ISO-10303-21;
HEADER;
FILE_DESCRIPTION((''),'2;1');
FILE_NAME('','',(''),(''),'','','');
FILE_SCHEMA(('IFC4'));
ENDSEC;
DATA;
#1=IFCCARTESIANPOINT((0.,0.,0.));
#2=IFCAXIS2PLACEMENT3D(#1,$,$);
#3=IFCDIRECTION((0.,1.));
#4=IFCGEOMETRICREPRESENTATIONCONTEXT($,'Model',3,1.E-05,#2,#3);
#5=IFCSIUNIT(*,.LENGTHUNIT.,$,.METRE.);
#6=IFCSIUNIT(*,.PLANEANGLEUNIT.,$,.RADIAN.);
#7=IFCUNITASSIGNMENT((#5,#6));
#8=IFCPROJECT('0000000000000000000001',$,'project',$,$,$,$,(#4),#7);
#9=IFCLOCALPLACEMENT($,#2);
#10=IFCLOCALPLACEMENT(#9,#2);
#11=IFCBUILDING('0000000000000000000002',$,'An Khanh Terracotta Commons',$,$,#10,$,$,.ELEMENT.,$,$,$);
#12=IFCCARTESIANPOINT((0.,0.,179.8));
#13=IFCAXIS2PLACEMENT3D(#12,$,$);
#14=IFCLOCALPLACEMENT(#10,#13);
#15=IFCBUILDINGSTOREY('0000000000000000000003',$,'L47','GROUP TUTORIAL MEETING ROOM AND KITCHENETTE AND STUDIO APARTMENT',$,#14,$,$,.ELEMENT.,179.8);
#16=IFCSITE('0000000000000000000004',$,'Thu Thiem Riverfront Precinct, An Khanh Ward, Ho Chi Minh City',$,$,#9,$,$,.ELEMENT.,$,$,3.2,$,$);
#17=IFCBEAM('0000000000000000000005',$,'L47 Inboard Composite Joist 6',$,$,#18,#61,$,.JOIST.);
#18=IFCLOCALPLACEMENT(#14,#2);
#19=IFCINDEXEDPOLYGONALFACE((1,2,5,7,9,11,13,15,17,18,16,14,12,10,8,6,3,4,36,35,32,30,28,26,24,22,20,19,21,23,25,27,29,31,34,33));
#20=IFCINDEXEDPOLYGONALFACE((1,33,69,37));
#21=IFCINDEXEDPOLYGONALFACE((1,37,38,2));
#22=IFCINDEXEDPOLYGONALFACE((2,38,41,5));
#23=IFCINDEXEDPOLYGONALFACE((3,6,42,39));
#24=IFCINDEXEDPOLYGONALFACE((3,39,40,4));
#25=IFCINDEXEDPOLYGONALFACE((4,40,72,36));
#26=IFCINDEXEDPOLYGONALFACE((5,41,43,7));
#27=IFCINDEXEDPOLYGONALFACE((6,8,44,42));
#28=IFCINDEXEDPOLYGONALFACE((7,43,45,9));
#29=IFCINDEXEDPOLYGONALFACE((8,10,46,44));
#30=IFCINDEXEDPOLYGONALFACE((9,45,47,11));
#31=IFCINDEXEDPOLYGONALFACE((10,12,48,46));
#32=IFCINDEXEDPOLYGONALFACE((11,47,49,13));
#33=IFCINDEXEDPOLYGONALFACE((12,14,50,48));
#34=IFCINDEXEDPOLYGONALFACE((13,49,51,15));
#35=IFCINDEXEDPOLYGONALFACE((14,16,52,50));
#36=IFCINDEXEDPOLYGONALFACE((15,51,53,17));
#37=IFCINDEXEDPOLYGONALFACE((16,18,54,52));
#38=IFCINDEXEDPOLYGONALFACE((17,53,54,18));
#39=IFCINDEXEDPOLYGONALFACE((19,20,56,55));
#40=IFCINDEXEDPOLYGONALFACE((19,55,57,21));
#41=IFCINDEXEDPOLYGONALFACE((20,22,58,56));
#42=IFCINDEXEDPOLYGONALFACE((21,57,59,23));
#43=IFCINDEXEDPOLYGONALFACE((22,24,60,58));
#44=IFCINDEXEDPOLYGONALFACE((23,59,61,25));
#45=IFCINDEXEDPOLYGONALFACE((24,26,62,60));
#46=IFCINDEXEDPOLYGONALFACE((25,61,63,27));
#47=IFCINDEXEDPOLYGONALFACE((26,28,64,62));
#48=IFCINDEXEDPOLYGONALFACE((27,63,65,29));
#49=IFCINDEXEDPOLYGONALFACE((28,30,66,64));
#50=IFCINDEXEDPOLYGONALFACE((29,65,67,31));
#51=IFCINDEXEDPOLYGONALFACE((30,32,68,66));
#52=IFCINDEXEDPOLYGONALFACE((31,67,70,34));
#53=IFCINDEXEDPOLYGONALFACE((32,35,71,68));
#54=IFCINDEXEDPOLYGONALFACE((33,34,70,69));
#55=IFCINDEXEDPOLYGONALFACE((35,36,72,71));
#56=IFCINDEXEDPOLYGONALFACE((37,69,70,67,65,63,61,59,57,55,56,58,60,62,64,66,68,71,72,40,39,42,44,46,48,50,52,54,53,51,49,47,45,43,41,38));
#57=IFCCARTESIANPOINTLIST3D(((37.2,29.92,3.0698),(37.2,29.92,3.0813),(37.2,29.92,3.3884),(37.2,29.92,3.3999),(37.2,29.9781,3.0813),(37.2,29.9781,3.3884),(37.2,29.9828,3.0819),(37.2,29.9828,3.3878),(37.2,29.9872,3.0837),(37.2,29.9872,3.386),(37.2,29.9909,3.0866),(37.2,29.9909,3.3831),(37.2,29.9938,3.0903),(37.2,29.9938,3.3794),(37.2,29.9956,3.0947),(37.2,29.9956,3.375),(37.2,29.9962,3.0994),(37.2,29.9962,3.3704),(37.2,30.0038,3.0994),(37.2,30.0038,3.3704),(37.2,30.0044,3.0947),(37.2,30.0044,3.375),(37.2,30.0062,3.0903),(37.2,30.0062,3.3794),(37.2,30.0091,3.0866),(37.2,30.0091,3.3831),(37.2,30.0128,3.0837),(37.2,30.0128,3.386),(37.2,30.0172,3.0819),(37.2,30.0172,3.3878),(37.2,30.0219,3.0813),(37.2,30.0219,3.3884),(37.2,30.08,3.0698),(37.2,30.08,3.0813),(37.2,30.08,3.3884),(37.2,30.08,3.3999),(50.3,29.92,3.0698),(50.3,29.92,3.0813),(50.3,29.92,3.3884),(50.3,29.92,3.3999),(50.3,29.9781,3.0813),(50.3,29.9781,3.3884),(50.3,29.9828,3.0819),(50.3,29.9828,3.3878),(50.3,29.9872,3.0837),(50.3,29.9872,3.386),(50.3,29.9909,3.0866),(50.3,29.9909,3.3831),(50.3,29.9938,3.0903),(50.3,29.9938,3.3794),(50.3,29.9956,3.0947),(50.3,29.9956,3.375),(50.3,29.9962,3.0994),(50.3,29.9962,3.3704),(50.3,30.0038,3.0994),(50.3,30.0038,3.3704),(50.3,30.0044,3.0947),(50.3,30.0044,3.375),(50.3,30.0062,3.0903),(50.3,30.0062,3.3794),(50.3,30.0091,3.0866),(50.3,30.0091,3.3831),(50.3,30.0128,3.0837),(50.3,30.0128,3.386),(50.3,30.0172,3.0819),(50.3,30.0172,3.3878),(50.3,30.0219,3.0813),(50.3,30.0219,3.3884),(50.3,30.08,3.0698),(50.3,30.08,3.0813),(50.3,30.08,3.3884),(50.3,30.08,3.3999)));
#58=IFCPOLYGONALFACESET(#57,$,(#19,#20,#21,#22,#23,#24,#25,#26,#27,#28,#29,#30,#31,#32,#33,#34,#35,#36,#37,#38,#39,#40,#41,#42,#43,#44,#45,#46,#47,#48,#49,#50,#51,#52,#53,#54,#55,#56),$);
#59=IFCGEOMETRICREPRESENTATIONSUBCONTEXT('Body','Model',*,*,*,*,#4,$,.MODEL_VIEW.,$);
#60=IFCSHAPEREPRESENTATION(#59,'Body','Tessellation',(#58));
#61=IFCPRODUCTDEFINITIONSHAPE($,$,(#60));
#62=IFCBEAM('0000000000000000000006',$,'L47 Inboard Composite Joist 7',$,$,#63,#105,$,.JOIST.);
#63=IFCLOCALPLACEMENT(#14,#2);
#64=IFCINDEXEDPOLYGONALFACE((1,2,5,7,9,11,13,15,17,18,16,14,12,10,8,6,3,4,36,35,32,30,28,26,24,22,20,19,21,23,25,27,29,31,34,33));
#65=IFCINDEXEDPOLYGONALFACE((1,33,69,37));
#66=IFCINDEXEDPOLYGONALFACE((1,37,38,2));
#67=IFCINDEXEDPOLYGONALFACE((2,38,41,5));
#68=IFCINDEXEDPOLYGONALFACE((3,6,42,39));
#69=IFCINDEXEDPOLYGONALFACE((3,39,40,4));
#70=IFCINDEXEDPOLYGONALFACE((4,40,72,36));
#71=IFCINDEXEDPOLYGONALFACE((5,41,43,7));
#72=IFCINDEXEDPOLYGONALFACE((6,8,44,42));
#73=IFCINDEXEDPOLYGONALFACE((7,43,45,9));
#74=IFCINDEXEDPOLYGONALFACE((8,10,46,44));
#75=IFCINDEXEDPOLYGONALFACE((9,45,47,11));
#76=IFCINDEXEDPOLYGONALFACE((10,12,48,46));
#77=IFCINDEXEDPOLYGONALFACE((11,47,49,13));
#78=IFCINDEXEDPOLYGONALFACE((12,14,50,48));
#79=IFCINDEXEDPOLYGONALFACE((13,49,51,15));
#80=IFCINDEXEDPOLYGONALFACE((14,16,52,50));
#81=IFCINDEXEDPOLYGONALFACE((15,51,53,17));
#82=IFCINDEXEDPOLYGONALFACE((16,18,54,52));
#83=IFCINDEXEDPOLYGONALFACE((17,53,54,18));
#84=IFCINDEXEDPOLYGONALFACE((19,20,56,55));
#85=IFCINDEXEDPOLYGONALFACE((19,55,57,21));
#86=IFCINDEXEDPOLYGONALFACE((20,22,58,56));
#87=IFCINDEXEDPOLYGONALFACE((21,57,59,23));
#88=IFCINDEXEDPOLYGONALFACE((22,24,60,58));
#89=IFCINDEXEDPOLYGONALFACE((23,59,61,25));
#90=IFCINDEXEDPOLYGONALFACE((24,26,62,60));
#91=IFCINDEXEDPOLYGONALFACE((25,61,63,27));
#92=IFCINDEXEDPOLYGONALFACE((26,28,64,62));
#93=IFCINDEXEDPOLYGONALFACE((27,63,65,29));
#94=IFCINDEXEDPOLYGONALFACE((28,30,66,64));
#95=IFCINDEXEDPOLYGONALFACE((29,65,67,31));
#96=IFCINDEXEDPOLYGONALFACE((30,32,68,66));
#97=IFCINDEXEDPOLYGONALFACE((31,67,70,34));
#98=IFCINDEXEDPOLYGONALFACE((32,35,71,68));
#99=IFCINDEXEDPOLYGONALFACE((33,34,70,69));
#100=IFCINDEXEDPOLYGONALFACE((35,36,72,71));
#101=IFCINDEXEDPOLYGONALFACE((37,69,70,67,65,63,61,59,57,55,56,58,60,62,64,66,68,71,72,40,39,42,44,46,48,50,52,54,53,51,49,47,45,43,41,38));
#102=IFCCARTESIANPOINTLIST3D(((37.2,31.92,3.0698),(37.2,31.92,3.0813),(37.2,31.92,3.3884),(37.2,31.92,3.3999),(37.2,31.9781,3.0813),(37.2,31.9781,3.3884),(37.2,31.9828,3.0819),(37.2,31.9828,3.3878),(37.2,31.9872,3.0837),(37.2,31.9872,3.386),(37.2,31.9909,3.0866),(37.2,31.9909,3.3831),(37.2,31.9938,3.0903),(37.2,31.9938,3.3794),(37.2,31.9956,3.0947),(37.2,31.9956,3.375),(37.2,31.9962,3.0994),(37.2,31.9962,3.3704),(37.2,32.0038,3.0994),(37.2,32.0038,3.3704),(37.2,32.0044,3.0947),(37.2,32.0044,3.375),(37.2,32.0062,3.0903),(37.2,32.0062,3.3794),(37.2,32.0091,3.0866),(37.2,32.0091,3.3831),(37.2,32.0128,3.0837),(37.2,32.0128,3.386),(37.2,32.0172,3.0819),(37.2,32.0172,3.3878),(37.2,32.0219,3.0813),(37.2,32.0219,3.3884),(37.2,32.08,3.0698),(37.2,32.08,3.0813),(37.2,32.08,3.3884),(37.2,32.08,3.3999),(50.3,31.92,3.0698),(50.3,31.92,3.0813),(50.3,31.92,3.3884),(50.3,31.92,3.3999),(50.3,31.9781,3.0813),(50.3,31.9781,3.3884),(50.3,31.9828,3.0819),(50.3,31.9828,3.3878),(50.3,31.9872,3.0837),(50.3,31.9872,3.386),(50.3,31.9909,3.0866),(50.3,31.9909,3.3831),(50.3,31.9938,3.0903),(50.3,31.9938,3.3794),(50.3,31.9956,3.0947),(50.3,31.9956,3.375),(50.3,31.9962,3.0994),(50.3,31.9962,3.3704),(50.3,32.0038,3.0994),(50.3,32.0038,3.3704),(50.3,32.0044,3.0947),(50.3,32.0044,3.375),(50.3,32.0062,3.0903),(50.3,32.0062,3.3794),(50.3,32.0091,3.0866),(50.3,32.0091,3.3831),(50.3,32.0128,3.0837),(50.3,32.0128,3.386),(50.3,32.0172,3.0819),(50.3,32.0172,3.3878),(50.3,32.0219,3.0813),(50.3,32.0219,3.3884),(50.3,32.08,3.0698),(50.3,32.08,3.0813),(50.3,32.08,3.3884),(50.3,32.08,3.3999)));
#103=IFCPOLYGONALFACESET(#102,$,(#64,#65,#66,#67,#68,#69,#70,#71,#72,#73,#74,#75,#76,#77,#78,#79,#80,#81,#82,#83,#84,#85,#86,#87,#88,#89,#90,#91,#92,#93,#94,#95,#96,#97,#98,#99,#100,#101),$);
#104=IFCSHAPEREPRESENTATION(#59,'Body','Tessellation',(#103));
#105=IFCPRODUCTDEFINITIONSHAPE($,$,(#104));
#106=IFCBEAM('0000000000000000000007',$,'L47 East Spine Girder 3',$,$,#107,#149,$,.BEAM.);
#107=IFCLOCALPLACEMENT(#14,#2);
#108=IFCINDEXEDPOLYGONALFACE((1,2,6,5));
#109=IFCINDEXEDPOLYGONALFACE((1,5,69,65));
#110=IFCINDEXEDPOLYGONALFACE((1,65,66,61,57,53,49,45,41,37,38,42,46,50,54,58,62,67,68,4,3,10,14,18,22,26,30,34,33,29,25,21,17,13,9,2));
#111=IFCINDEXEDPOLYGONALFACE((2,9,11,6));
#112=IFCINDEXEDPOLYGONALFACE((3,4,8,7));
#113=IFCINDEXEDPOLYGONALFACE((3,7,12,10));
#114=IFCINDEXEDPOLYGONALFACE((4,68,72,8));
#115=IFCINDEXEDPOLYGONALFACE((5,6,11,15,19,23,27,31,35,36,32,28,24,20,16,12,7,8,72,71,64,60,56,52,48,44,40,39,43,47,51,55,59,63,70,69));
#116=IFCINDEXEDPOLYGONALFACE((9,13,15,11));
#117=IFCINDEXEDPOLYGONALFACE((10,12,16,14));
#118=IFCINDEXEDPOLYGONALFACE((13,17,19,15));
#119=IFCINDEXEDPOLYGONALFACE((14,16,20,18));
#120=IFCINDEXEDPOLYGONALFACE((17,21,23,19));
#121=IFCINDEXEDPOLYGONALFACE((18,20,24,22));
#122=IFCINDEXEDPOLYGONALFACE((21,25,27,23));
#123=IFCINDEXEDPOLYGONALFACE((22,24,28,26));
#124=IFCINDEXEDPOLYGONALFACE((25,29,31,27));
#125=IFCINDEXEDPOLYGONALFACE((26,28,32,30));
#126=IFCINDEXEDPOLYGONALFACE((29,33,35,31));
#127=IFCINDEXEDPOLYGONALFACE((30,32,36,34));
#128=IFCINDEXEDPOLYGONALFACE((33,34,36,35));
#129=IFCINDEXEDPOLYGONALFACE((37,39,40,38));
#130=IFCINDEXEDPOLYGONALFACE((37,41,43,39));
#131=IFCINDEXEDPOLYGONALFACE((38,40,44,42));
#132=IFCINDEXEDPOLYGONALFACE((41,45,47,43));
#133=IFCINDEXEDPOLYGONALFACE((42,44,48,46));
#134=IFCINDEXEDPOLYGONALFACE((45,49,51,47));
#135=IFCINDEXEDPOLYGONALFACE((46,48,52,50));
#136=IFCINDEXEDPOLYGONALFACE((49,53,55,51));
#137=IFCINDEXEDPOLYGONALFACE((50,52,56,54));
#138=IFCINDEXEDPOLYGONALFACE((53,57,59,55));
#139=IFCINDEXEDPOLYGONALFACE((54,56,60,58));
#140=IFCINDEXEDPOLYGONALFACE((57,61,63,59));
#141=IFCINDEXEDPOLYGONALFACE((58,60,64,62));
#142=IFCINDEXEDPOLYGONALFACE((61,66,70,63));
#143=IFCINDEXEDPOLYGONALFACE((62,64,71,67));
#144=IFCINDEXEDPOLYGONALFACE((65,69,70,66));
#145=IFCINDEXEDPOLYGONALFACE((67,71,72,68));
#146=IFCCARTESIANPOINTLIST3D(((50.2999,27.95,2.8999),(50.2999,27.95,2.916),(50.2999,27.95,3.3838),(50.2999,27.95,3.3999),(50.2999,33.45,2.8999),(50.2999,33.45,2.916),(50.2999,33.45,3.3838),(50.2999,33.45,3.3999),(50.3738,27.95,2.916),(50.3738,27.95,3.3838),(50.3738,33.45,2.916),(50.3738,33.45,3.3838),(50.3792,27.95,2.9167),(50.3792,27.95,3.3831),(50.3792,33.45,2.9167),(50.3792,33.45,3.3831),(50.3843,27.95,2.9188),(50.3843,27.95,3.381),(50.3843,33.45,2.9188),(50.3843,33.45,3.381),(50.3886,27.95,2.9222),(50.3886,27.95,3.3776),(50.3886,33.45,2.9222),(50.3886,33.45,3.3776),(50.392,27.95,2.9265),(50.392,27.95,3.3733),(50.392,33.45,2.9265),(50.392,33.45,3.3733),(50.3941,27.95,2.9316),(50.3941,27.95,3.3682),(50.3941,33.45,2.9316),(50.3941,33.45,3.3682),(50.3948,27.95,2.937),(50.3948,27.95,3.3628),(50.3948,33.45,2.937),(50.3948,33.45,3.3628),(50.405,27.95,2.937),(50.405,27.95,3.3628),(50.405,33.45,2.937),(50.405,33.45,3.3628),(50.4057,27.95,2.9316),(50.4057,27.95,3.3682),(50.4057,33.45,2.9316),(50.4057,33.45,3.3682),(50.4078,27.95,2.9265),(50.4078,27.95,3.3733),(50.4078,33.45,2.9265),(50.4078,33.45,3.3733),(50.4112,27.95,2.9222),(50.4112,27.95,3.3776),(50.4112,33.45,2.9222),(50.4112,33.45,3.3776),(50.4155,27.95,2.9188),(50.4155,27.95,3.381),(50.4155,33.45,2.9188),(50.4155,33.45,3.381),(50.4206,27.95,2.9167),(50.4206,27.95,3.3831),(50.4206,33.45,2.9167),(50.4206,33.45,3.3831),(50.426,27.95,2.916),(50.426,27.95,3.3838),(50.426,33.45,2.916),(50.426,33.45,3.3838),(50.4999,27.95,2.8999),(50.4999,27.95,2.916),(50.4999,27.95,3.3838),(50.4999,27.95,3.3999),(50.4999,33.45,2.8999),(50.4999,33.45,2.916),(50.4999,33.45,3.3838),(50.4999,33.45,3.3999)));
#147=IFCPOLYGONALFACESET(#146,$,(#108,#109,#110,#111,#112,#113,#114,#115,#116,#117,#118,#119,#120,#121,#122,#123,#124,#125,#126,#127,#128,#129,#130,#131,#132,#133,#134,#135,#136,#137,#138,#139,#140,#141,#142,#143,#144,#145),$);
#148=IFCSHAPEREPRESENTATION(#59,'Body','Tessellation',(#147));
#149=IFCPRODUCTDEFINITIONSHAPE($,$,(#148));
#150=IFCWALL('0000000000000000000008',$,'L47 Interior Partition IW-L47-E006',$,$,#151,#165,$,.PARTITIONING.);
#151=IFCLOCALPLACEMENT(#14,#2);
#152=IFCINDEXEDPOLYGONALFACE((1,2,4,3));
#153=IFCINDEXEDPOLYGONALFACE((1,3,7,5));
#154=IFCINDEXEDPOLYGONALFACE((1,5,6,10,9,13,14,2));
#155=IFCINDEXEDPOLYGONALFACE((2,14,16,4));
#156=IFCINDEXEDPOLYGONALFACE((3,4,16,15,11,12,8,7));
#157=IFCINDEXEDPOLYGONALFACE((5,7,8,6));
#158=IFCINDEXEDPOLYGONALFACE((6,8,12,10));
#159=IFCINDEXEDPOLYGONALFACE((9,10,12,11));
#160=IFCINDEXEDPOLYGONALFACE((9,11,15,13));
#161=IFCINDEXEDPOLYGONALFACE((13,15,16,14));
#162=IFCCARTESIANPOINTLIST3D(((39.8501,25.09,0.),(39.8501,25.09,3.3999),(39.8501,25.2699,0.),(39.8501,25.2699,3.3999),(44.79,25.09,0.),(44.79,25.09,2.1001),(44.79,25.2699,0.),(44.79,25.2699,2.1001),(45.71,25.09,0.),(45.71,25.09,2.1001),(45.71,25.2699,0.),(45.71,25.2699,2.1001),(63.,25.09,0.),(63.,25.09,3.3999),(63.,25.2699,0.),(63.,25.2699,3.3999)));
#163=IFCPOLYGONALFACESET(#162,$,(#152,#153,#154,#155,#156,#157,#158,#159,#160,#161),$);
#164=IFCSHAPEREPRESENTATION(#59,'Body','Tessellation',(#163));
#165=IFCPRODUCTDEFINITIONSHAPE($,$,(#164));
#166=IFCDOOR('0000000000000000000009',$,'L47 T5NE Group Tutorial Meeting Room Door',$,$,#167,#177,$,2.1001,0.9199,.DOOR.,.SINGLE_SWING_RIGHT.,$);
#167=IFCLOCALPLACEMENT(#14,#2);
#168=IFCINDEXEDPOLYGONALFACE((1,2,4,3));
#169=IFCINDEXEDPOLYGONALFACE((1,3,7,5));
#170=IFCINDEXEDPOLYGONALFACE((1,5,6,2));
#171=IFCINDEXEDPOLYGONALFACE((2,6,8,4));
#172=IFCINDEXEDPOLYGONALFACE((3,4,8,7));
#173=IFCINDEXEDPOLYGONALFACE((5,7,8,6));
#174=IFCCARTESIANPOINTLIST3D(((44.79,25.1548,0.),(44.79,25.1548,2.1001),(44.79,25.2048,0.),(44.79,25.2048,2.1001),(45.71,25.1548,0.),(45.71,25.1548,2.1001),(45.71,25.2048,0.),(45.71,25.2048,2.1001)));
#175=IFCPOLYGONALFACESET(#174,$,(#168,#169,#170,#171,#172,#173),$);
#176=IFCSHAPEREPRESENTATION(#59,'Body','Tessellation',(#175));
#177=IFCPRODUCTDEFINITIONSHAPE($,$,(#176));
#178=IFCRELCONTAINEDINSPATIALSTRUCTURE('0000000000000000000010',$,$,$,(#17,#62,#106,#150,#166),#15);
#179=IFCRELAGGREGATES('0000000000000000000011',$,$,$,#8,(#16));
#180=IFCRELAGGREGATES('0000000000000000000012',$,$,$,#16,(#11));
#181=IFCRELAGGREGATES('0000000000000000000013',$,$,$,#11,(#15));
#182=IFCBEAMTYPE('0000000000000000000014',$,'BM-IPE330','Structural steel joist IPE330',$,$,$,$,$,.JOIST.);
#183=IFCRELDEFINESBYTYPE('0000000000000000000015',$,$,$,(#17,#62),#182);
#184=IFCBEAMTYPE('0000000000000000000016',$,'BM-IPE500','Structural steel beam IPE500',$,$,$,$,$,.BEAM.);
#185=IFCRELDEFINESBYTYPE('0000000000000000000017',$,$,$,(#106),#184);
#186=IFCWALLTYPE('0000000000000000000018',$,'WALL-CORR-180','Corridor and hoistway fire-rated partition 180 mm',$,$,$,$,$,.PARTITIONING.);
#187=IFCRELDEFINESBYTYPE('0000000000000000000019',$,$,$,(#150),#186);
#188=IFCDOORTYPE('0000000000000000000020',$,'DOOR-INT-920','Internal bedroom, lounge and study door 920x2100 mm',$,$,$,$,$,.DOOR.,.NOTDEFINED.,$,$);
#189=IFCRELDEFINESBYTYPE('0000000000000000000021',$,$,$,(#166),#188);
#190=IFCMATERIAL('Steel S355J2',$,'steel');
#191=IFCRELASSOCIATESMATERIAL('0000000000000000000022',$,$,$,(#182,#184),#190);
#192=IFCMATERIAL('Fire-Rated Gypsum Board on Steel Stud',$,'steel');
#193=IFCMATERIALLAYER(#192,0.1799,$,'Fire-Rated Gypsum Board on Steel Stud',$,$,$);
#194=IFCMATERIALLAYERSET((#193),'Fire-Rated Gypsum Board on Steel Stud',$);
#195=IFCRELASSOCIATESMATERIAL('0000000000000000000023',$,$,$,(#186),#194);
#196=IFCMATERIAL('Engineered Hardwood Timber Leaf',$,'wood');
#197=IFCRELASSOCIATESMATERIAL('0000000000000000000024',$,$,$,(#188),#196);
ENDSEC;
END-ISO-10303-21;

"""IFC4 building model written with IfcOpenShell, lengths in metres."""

from ifc_helpers import new_model, si_unit, direction, frame, frame_2d, origin, origin_2d, place, context, subcontext, project, spatial, rectangle, i_section, extrude, material, layer, layer_set, material_profile, profile_set, type_object, element, fill, save


model = new_model("IFC4")

# Units and contexts
model_context = context("Model", 3, precision=1e-05, world=origin(), true_north=direction((0.0, 1.0)))
body_context = subcontext(model_context, "Body", "Model", "MODEL_VIEW")
ifc_project = project(units=[si_unit("LENGTHUNIT", "METRE"), si_unit("PLANEANGLEUNIT", "RADIAN")], contexts=[model_context])

# Site, building, storey
site_placement = place(None, origin())
site = spatial("IfcSite", under=ifc_project, at=site_placement, Name="Thu Thiem Riverfront Precinct, An Khanh Ward, Ho Chi Minh City", CompositionType="ELEMENT", RefElevation=3.2)
building_placement = place(site_placement, origin())
building = spatial("IfcBuilding", under=site, at=building_placement, Name="An Khanh Terracotta Commons", CompositionType="ELEMENT")
storey_placement = place(building_placement, frame((0.0, 0.0, 179.8)))
storey = spatial("IfcBuildingStorey", under=building, at=storey_placement, Name="L47", Description="GROUP TUTORIAL MEETING ROOM AND KITCHENETTE AND STUDIO APARTMENT", CompositionType="ELEMENT", Elevation=179.8)

# Beams
ifc_material_1 = material(Name="Steel S355J2", Category="steel")
ifc_material_profile_1 = material_profile(ifc_material_1, i_section(OverallWidth=0.1599, OverallDepth=0.3301, WebThickness=0.0076, FlangeThickness=0.0115, FilletRadius=0.0181, at=origin_2d()), Name="IPE330")
ifc_profile_set_1 = profile_set([ifc_material_profile_1], Name="Steel S355J2")
beam_type_1 = type_object("IfcBeamType", Name="BM-IPE330", Description="Structural steel joist IPE330", PredefinedType="JOIST", material=ifc_profile_set_1)
for number, where, z_axis, x_axis, name in (
    (1, (37.2, 30.0, 3.2349), (1.0, 0.0, 0.0), (0.0, 1.0, 0.0), "L47 Inboard Composite Joist 6"),
    (2, (37.2, 32.0, 3.2349), (1.0, 0.0, 0.0), (0.0, 1.0, 0.0), "L47 Inboard Composite Joist 7"),
):
    element("IfcBeam", number, at=place(storey_placement, frame(where, z_axis=z_axis, x_axis=x_axis)), inside=storey, type_object=beam_type_1, Name=name, PredefinedType="JOIST", context=body_context, shape_type="SweptSolid", body=[
        extrude(i_section(OverallWidth=0.1599, OverallDepth=0.3301, WebThickness=0.0076, FlangeThickness=0.0115, FilletRadius=0.0181, at=origin_2d()), origin(), (0.0, 0.0, 1.0), 13.1001),
    ])
ifc_material_profile_2 = material_profile(ifc_material_1, i_section(OverallWidth=0.2, OverallDepth=0.5, WebThickness=0.0103, FlangeThickness=0.0161, FilletRadius=0.021, at=origin_2d()), Name="IPE500")
ifc_profile_set_2 = profile_set([ifc_material_profile_2], Name="Steel S355J2")
beam_type_2 = type_object("IfcBeamType", Name="BM-IPE500", Description="Structural steel beam IPE500", PredefinedType="BEAM", material=ifc_profile_set_2)
beam_1_placement = place(storey_placement, frame((50.3999, 27.95, 3.1499), z_axis=(0.0, 1.0, 0.0), x_axis=(-1.0, 0.0, 0.0)))
element("IfcBeam", 3, at=beam_1_placement, inside=storey, type_object=beam_type_2, Name="L47 East Spine Girder 3", PredefinedType="BEAM", context=body_context, shape_type="SweptSolid", body=[
    extrude(i_section(OverallWidth=0.2, OverallDepth=0.5, WebThickness=0.0103, FlangeThickness=0.0161, FilletRadius=0.021, at=origin_2d()), origin(), (0.0, 0.0, 1.0), 5.5),
])

# Wall, opening, door
ifc_material_2 = material(Name="Fire-Rated Gypsum Board on Steel Stud", Category="steel")
ifc_layer_1 = layer(ifc_material_2, 0.1799, Name="Fire-Rated Gypsum Board on Steel Stud")
ifc_layer_set_1 = layer_set([ifc_layer_1], Name="Fire-Rated Gypsum Board on Steel Stud")
wall_type_1 = type_object("IfcWallType", Name="WALL-CORR-180", Description="Corridor and hoistway fire-rated partition 180 mm", PredefinedType="PARTITIONING", material=ifc_layer_set_1)
wall_1_placement = place(storey_placement, frame((39.8501, 25.1799, 0.0), z_axis=(0.0, 0.0, 1.0), x_axis=(1.0, 0.0, 0.0)))
wall_1 = element("IfcWall", 4, at=wall_1_placement, inside=storey, type_object=wall_type_1, Name="L47 Interior Partition IW-L47-E006", PredefinedType="PARTITIONING", context=body_context, shape_type="SweptSolid", body=[
    extrude(rectangle(XDim=23.1499, YDim=0.1799, at=frame_2d((11.575, 0.0))), origin(), (0.0, 0.0, 1.0), 3.3999),
])
opening_1_placement = place(wall_1_placement, frame((4.9399, 0.0, 0.0)))
opening_1 = element("IfcOpeningElement", 5, at=opening_1_placement, cuts=wall_1, PredefinedType="OPENING", context=body_context, shape_type="SweptSolid", body=[
    extrude(rectangle(XDim=0.9199, YDim=2.1001, at=frame_2d((0.46, 1.05))), frame((0.0, 0.0999, 0.0), z_axis=(0.0, -1.0, 0.0), x_axis=(1.0, 0.0, 0.0)), (0.0, 0.0, 1.0), 0.2),
])
ifc_material_3 = material(Name="Engineered Hardwood Timber Leaf", Category="wood")
door_type = type_object("IfcDoorType", Name="DOOR-INT-920", Description="Internal bedroom, lounge and study door 920x2100 mm", OperationType="NOTDEFINED", PredefinedType="DOOR", material=ifc_material_3)
door_1_placement = place(opening_1_placement, origin())
door_1 = element("IfcDoor", 6, at=door_1_placement, inside=storey, type_object=door_type, Name="L47 T5NE Group Tutorial Meeting Room Door", OperationType="SINGLE_SWING_RIGHT", OverallHeight=2.1001, OverallWidth=0.9199, PredefinedType="DOOR", context=body_context, shape_type="SweptSolid", body=[
    extrude(rectangle(XDim=0.9199, YDim=2.1001, at=frame_2d((0.46, 1.05))), frame((0.0, 0.0249, 0.0), z_axis=(0.0, -1.0, 0.0), x_axis=(1.0, 0.0, 0.0)), (0.0, 0.0, 1.0), 0.05),
])
fill(opening_1, door_1)

save(model, "model.ifc")
